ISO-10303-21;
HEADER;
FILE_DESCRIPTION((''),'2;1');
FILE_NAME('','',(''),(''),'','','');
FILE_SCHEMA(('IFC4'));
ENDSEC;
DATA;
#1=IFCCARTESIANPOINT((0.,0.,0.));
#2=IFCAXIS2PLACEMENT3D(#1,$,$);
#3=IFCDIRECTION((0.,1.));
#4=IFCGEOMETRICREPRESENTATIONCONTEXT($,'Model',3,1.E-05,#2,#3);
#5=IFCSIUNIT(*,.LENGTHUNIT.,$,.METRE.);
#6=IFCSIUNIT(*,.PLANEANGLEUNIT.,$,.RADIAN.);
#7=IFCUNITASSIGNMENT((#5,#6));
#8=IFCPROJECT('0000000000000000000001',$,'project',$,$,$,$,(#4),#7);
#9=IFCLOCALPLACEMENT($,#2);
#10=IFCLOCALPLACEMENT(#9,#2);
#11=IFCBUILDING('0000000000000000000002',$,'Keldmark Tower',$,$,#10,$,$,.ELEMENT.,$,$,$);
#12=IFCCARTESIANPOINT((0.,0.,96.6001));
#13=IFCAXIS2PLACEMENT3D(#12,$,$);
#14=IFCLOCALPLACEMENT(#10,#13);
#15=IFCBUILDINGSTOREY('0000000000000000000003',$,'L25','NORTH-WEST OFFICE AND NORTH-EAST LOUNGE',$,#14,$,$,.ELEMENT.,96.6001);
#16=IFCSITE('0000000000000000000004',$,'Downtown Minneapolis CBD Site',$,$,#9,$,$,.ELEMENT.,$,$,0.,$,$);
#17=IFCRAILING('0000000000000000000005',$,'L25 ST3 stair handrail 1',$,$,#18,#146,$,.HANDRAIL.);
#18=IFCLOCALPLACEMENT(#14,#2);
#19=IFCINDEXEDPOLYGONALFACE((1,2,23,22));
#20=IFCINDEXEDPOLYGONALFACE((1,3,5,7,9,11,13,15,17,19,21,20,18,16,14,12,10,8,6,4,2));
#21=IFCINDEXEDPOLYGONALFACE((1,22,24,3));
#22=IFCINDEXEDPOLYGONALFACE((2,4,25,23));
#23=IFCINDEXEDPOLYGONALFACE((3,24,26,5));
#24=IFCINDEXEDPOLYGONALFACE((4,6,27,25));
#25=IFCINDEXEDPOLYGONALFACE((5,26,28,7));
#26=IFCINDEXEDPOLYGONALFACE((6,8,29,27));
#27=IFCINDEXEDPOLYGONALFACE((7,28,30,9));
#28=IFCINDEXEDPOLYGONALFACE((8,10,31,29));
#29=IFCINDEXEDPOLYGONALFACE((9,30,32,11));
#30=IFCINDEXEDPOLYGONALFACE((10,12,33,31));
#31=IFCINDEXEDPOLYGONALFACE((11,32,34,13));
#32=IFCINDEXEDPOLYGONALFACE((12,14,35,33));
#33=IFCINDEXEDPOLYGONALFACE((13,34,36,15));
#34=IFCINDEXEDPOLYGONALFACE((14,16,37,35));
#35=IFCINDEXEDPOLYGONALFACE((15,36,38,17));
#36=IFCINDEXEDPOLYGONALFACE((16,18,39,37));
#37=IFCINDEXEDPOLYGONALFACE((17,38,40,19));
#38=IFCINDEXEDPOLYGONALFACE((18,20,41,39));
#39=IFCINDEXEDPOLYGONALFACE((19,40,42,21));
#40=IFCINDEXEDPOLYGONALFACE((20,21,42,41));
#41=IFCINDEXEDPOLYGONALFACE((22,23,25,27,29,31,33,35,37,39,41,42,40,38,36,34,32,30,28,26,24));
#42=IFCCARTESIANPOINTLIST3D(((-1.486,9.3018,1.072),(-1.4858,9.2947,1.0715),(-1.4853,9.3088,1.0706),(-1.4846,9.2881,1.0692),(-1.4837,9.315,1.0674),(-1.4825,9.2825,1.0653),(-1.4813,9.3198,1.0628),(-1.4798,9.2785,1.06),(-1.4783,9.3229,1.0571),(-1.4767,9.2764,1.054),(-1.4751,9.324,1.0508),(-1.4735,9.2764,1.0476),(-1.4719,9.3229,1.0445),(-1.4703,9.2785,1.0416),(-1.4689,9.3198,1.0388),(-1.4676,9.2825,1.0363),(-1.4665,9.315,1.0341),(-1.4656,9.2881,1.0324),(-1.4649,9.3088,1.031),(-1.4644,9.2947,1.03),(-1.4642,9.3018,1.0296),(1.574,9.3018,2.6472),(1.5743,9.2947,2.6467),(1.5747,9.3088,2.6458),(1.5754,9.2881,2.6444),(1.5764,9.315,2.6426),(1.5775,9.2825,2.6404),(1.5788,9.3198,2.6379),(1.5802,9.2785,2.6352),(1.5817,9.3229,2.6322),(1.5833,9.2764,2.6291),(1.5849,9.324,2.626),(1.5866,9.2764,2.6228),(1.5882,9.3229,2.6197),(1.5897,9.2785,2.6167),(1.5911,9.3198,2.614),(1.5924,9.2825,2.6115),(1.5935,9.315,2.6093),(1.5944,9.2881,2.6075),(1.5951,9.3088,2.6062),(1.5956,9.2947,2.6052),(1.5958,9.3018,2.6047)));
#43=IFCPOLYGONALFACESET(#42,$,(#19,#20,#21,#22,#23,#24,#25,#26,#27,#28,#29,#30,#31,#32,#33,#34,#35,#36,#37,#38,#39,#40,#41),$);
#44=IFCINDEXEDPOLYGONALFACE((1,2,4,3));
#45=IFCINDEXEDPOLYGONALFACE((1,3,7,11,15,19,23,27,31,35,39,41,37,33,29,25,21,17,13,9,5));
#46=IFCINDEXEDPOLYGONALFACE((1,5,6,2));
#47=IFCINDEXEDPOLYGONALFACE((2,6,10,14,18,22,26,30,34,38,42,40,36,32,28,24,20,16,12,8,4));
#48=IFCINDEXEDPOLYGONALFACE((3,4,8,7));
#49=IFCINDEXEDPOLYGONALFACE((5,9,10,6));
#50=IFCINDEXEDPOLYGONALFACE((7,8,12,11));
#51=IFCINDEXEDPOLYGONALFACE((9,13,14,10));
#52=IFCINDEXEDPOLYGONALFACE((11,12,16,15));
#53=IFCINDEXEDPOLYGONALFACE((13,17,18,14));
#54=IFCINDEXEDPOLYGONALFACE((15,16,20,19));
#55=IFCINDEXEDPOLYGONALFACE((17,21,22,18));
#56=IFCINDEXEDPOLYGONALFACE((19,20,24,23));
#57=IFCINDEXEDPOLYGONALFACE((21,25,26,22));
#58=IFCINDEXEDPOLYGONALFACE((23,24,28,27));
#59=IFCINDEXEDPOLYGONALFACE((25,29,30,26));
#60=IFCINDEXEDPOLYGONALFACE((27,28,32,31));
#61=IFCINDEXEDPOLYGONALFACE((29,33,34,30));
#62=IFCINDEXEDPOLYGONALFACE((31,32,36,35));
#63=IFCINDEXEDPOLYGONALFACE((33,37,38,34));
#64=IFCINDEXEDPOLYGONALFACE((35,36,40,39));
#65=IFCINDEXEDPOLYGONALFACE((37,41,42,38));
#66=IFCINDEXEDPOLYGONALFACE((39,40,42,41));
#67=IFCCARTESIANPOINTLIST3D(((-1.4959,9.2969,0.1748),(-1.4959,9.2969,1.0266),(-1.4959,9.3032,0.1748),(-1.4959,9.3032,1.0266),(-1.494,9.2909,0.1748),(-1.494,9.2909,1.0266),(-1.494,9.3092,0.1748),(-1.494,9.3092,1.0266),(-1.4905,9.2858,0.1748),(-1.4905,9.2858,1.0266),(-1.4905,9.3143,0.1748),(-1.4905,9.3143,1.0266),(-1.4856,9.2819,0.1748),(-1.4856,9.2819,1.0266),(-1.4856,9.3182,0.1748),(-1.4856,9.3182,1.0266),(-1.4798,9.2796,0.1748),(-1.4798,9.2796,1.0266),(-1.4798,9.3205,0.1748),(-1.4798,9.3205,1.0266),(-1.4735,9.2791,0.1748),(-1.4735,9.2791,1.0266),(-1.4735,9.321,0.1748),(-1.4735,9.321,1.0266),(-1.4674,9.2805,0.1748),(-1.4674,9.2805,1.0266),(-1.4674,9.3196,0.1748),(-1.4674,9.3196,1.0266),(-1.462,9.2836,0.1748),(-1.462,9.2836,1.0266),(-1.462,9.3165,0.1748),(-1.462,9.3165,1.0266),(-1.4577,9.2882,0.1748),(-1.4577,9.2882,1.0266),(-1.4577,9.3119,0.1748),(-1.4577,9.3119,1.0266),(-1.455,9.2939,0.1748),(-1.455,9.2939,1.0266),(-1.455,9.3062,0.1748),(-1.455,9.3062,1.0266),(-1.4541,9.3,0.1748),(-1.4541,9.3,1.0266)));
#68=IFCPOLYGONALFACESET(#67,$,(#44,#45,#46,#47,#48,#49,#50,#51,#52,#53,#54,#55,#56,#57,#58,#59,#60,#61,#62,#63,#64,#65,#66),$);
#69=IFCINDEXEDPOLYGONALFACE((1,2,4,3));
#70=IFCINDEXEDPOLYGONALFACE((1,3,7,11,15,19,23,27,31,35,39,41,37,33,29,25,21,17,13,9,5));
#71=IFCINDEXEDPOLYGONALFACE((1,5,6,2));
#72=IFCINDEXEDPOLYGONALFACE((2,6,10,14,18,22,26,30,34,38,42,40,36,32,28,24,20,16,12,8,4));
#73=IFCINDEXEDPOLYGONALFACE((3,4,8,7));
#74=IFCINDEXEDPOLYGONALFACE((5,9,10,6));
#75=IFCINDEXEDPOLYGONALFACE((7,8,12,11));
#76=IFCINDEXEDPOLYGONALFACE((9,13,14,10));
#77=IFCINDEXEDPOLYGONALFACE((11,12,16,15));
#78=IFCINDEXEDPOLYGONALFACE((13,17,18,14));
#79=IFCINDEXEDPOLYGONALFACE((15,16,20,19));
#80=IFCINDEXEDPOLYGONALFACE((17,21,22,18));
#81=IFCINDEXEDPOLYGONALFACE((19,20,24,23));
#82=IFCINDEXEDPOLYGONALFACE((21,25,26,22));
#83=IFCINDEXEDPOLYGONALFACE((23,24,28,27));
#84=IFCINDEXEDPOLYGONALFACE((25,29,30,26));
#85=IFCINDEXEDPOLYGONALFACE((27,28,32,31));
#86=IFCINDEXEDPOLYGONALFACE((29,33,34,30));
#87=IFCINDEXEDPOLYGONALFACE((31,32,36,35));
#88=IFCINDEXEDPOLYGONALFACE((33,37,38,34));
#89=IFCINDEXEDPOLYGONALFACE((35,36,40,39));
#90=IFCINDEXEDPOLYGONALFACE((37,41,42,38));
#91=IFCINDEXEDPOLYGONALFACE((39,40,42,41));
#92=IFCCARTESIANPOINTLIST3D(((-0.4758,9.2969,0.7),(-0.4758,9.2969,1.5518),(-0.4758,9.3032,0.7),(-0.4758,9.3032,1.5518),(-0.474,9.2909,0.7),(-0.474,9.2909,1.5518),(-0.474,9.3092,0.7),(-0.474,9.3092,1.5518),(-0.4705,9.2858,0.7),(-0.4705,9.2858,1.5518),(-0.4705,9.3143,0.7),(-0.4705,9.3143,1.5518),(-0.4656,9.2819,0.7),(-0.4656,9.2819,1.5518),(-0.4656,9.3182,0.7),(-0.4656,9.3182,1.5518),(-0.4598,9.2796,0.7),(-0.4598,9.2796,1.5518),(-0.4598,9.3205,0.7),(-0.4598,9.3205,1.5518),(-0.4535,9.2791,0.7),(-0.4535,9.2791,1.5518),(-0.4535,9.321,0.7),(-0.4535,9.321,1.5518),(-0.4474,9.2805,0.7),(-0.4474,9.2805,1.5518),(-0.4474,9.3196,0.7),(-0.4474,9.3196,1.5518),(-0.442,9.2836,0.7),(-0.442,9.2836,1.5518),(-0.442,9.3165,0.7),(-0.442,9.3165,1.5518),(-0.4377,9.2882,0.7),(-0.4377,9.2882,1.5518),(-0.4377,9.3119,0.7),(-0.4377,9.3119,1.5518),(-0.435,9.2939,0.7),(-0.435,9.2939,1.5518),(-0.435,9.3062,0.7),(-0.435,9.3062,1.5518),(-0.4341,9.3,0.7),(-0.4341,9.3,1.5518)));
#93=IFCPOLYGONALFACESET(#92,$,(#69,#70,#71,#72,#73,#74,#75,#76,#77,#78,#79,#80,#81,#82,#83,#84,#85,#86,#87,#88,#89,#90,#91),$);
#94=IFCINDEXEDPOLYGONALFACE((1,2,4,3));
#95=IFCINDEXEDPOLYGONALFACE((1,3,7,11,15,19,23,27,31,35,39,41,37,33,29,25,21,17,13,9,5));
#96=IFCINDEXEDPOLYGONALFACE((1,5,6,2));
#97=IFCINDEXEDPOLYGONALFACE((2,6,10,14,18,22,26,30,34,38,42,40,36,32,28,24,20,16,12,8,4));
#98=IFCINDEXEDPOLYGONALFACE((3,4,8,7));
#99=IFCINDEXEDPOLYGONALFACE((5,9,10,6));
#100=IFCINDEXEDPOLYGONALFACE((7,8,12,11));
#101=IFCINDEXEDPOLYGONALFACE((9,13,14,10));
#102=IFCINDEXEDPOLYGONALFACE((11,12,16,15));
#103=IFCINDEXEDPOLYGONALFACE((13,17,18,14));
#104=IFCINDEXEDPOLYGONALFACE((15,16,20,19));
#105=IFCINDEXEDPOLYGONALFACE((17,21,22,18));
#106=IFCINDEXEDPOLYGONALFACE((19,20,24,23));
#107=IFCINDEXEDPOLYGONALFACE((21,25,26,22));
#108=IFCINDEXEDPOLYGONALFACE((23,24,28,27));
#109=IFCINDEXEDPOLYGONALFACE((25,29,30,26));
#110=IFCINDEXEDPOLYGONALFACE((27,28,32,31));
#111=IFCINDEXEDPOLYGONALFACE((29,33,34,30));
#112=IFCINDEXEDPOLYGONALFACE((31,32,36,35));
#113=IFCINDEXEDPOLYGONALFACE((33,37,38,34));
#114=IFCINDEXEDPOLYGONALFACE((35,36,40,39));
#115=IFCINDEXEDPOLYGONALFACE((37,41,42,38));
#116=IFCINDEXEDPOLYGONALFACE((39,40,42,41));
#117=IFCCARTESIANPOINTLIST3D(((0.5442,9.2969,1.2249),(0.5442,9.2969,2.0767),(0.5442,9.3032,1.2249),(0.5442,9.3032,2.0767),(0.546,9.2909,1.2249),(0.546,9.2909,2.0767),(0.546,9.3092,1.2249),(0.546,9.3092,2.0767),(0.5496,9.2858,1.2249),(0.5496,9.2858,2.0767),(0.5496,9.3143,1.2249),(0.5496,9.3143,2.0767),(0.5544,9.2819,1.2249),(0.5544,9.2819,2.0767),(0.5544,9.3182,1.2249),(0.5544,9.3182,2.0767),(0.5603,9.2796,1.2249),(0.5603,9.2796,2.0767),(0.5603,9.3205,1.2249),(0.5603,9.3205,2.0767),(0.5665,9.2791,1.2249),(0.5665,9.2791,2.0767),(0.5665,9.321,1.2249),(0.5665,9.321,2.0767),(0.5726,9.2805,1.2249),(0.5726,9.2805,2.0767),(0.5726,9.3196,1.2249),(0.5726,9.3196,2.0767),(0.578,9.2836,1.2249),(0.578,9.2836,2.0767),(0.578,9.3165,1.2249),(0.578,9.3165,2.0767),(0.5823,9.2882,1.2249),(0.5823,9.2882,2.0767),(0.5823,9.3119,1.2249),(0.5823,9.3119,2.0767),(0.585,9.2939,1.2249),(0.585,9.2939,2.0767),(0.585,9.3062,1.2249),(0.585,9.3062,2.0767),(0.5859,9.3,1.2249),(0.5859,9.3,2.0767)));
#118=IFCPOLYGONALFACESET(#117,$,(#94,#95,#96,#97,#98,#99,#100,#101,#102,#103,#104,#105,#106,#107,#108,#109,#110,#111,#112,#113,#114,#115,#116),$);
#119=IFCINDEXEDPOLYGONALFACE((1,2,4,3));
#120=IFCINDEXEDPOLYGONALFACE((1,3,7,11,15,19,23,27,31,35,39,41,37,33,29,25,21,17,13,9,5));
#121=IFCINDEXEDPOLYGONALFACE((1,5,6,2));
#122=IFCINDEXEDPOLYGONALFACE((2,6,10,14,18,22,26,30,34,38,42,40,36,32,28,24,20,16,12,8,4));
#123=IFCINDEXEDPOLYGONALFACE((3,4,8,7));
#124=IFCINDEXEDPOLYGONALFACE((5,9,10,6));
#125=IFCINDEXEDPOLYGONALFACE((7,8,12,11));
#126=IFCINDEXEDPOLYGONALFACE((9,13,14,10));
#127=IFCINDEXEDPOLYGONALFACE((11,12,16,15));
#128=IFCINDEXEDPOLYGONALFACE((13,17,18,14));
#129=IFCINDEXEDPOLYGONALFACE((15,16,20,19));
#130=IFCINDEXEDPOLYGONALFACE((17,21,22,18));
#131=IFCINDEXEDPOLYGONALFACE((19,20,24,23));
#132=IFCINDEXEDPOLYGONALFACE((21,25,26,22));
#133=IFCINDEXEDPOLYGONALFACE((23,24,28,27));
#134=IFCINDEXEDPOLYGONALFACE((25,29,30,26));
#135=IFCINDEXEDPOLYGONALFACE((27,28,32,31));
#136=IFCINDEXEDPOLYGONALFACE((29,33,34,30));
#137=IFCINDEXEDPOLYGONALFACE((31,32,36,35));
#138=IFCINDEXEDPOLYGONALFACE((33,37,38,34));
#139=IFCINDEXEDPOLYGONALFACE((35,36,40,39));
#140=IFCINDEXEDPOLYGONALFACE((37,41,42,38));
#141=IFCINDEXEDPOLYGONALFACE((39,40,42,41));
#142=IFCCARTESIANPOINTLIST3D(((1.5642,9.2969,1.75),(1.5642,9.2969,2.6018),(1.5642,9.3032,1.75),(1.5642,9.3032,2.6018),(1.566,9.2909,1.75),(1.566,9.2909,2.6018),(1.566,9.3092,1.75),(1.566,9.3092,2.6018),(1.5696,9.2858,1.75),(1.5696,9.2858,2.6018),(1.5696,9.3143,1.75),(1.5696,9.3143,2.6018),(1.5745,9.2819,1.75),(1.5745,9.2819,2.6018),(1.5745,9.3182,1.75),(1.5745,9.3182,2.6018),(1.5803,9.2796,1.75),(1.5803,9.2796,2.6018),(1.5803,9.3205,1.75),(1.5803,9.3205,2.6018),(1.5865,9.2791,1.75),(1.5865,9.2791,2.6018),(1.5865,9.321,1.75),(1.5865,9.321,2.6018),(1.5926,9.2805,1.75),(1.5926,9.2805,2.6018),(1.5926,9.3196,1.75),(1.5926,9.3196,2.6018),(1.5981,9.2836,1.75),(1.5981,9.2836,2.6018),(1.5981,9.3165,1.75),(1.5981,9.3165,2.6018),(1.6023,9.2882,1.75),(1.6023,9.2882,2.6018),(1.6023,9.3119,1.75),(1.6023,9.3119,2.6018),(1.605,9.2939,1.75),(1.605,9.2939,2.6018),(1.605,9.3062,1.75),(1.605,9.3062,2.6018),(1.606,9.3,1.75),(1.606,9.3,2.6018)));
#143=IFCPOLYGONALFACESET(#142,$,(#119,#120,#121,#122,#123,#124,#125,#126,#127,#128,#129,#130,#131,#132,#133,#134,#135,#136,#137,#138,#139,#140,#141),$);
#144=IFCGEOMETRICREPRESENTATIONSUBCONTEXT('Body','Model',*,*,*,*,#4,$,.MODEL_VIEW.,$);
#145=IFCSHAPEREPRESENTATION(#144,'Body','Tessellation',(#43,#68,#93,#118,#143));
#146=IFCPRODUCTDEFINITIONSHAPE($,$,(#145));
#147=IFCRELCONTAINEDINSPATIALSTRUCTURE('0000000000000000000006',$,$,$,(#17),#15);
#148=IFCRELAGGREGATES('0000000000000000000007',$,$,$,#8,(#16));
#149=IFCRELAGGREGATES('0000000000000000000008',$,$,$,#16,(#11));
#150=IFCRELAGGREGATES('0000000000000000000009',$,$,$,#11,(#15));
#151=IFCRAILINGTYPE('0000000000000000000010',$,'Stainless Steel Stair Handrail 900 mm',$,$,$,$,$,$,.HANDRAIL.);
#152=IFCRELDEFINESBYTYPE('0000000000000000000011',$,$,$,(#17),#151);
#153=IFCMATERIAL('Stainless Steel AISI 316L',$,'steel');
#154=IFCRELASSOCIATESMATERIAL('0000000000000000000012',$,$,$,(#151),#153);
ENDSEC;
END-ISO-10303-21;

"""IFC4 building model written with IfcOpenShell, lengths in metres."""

from ifc_helpers import new_model, si_unit, direction, frame, origin, origin_2d, place, context, subcontext, project, spatial, circle, extrude, material, type_object, element, save


model = new_model("IFC4")

# Units and contexts
model_context = context("Model", 3, precision=1e-05, world=origin(), true_north=direction((0.0, 1.0)))
body_context = subcontext(model_context, "Body", "Model", "MODEL_VIEW")
ifc_project = project(units=[si_unit("LENGTHUNIT", "METRE"), si_unit("PLANEANGLEUNIT", "RADIAN")], contexts=[model_context])

# Site, building, storey
site_placement = place(None, origin())
site = spatial("IfcSite", under=ifc_project, at=site_placement, Name="Downtown Minneapolis CBD Site", CompositionType="ELEMENT", RefElevation=0.0)
building_placement = place(site_placement, origin())
building = spatial("IfcBuilding", under=site, at=building_placement, Name="Keldmark Tower", CompositionType="ELEMENT")
storey_placement = place(building_placement, frame((0.0, 0.0, 96.6001)))
storey = spatial("IfcBuildingStorey", under=building, at=storey_placement, Name="L25", Description="NORTH-WEST OFFICE AND NORTH-EAST LOUNGE", CompositionType="ELEMENT", Elevation=96.6001)

# Railing
ifc_material_1 = material(Name="Stainless Steel AISI 316L", Category="steel")
railing_type = type_object("IfcRailingType", Name="Stainless Steel Stair Handrail 900 mm", PredefinedType="HANDRAIL", material=ifc_material_1)
railing_placement = place(storey_placement, frame((-1.4751, 9.3, 0.1748)))
element("IfcRailing", 1, at=railing_placement, inside=storey, type_object=railing_type, Name="L25 ST3 stair handrail 1", PredefinedType="HANDRAIL", context=body_context, shape_type="SweptSolid", body=[
    extrude(circle(Radius=0.0239, at=origin_2d()), frame((0.0, 0.0, 0.876), z_axis=(0.889116, 0.0, 0.457681), x_axis=(0.0, 1.0, 0.0)), (0.0, 0.0, 1.0), 3.4417),
    extrude(circle(Radius=0.021, at=origin_2d()), origin(), (0.0, 0.0, 1.0), 0.8518),
    extrude(circle(Radius=0.021, at=origin_2d()), frame((1.02, 0.0, 0.5251)), (0.0, 0.0, 1.0), 0.8518),
    extrude(circle(Radius=0.021, at=origin_2d()), frame((2.04, 0.0, 1.05)), (0.0, 0.0, 1.0), 0.8518),
    extrude(circle(Radius=0.021, at=origin_2d()), frame((3.0601, 0.0, 1.5752)), (0.0, 0.0, 1.0), 0.8518),
])

save(model, "model.ifc")
